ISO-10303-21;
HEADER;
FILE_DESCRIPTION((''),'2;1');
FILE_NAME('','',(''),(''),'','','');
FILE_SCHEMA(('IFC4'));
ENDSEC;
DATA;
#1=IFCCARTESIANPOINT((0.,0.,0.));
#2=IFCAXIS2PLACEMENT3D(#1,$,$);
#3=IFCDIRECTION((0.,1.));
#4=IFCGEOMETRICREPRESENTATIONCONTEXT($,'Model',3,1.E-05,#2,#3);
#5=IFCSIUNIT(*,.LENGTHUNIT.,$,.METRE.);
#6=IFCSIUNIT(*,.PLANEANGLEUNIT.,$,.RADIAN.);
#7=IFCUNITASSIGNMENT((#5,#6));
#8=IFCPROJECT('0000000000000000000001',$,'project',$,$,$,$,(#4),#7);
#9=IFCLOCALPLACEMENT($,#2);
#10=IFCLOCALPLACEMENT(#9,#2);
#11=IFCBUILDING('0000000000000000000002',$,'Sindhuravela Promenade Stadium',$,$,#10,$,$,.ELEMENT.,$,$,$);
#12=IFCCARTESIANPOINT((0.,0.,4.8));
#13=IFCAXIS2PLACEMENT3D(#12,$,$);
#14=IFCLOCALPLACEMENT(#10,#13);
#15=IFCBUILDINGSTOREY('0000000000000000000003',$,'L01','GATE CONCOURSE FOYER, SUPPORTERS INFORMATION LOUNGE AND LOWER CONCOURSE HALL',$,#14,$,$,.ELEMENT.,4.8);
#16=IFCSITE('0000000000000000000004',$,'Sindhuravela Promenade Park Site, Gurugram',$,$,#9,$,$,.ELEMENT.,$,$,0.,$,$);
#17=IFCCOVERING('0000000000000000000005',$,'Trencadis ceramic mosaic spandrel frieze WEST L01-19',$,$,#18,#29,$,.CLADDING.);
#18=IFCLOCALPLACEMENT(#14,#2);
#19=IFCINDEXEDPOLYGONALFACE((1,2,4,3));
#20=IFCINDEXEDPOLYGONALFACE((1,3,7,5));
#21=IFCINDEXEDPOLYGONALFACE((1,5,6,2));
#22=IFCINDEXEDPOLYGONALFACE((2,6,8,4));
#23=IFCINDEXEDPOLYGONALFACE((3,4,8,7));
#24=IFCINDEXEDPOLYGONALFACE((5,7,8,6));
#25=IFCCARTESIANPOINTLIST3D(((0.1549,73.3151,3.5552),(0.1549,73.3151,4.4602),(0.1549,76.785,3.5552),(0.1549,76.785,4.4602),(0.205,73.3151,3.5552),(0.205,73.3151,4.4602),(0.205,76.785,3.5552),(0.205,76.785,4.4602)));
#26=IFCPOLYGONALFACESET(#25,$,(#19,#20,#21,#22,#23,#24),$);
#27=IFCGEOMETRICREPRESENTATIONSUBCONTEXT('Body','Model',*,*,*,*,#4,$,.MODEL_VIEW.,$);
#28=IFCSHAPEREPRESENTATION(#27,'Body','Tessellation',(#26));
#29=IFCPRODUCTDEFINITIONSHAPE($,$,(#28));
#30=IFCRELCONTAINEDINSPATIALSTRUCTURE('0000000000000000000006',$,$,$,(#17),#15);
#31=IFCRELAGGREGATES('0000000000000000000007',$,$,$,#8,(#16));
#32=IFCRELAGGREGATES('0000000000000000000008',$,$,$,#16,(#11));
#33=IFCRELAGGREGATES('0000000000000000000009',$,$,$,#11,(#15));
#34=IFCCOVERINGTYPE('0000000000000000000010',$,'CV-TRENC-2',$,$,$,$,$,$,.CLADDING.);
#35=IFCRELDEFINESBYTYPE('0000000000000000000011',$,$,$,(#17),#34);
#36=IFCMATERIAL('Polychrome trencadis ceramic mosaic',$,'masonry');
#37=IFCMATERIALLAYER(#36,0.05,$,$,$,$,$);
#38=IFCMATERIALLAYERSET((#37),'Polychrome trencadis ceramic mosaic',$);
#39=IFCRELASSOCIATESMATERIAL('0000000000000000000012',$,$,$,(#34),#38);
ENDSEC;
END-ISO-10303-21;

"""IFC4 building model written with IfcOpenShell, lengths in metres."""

from ifc_helpers import new_model, si_unit, direction, frame, origin, origin_2d, place, context, subcontext, project, spatial, rectangle, extrude, material, layer, layer_set, type_object, element, save


model = new_model("IFC4")

# Units and contexts
model_context = context("Model", 3, precision=1e-05, world=origin(), true_north=direction((0.0, 1.0)))
body_context = subcontext(model_context, "Body", "Model", "MODEL_VIEW")
ifc_project = project(units=[si_unit("LENGTHUNIT", "METRE"), si_unit("PLANEANGLEUNIT", "RADIAN")], contexts=[model_context])

# Site, building, storey
site_placement = place(None, origin())
site = spatial("IfcSite", under=ifc_project, at=site_placement, Name="Sindhuravela Promenade Park Site, Gurugram", CompositionType="ELEMENT", RefElevation=0.0)
building_placement = place(site_placement, origin())
building = spatial("IfcBuilding", under=site, at=building_placement, Name="Sindhuravela Promenade Stadium", CompositionType="ELEMENT")
storey_placement = place(building_placement, frame((0.0, 0.0, 4.8)))
storey = spatial("IfcBuildingStorey", under=building, at=storey_placement, Name="L01", Description="GATE CONCOURSE FOYER, SUPPORTERS INFORMATION LOUNGE AND LOWER CONCOURSE HALL", CompositionType="ELEMENT", Elevation=4.8)

# Covering
ifc_material_1 = material(Name="Polychrome trencadis ceramic mosaic", Category="masonry")
ifc_layer_1 = layer(ifc_material_1, 0.05)
ifc_layer_set_1 = layer_set([ifc_layer_1], Name="Polychrome trencadis ceramic mosaic")
covering_type_1 = type_object("IfcCoveringType", Name="CV-TRENC-2", PredefinedType="CLADDING", material=ifc_layer_set_1)
covering_1_placement = place(storey_placement, frame((0.1799, 75.05, 3.5552), z_axis=(0.0, 0.0, 1.0), x_axis=(0.0, 1.0, 0.0)))
element("IfcCovering", 1, at=covering_1_placement, inside=storey, type_object=covering_type_1, Name="Trencadis ceramic mosaic spandrel frieze WEST L01-19", PredefinedType="CLADDING", context=body_context, shape_type="SweptSolid", body=[
    extrude(rectangle(XDim=3.47, YDim=0.05, at=origin_2d()), origin(), (0.0, 0.0, 1.0), 0.905),
])

save(model, "model.ifc")
